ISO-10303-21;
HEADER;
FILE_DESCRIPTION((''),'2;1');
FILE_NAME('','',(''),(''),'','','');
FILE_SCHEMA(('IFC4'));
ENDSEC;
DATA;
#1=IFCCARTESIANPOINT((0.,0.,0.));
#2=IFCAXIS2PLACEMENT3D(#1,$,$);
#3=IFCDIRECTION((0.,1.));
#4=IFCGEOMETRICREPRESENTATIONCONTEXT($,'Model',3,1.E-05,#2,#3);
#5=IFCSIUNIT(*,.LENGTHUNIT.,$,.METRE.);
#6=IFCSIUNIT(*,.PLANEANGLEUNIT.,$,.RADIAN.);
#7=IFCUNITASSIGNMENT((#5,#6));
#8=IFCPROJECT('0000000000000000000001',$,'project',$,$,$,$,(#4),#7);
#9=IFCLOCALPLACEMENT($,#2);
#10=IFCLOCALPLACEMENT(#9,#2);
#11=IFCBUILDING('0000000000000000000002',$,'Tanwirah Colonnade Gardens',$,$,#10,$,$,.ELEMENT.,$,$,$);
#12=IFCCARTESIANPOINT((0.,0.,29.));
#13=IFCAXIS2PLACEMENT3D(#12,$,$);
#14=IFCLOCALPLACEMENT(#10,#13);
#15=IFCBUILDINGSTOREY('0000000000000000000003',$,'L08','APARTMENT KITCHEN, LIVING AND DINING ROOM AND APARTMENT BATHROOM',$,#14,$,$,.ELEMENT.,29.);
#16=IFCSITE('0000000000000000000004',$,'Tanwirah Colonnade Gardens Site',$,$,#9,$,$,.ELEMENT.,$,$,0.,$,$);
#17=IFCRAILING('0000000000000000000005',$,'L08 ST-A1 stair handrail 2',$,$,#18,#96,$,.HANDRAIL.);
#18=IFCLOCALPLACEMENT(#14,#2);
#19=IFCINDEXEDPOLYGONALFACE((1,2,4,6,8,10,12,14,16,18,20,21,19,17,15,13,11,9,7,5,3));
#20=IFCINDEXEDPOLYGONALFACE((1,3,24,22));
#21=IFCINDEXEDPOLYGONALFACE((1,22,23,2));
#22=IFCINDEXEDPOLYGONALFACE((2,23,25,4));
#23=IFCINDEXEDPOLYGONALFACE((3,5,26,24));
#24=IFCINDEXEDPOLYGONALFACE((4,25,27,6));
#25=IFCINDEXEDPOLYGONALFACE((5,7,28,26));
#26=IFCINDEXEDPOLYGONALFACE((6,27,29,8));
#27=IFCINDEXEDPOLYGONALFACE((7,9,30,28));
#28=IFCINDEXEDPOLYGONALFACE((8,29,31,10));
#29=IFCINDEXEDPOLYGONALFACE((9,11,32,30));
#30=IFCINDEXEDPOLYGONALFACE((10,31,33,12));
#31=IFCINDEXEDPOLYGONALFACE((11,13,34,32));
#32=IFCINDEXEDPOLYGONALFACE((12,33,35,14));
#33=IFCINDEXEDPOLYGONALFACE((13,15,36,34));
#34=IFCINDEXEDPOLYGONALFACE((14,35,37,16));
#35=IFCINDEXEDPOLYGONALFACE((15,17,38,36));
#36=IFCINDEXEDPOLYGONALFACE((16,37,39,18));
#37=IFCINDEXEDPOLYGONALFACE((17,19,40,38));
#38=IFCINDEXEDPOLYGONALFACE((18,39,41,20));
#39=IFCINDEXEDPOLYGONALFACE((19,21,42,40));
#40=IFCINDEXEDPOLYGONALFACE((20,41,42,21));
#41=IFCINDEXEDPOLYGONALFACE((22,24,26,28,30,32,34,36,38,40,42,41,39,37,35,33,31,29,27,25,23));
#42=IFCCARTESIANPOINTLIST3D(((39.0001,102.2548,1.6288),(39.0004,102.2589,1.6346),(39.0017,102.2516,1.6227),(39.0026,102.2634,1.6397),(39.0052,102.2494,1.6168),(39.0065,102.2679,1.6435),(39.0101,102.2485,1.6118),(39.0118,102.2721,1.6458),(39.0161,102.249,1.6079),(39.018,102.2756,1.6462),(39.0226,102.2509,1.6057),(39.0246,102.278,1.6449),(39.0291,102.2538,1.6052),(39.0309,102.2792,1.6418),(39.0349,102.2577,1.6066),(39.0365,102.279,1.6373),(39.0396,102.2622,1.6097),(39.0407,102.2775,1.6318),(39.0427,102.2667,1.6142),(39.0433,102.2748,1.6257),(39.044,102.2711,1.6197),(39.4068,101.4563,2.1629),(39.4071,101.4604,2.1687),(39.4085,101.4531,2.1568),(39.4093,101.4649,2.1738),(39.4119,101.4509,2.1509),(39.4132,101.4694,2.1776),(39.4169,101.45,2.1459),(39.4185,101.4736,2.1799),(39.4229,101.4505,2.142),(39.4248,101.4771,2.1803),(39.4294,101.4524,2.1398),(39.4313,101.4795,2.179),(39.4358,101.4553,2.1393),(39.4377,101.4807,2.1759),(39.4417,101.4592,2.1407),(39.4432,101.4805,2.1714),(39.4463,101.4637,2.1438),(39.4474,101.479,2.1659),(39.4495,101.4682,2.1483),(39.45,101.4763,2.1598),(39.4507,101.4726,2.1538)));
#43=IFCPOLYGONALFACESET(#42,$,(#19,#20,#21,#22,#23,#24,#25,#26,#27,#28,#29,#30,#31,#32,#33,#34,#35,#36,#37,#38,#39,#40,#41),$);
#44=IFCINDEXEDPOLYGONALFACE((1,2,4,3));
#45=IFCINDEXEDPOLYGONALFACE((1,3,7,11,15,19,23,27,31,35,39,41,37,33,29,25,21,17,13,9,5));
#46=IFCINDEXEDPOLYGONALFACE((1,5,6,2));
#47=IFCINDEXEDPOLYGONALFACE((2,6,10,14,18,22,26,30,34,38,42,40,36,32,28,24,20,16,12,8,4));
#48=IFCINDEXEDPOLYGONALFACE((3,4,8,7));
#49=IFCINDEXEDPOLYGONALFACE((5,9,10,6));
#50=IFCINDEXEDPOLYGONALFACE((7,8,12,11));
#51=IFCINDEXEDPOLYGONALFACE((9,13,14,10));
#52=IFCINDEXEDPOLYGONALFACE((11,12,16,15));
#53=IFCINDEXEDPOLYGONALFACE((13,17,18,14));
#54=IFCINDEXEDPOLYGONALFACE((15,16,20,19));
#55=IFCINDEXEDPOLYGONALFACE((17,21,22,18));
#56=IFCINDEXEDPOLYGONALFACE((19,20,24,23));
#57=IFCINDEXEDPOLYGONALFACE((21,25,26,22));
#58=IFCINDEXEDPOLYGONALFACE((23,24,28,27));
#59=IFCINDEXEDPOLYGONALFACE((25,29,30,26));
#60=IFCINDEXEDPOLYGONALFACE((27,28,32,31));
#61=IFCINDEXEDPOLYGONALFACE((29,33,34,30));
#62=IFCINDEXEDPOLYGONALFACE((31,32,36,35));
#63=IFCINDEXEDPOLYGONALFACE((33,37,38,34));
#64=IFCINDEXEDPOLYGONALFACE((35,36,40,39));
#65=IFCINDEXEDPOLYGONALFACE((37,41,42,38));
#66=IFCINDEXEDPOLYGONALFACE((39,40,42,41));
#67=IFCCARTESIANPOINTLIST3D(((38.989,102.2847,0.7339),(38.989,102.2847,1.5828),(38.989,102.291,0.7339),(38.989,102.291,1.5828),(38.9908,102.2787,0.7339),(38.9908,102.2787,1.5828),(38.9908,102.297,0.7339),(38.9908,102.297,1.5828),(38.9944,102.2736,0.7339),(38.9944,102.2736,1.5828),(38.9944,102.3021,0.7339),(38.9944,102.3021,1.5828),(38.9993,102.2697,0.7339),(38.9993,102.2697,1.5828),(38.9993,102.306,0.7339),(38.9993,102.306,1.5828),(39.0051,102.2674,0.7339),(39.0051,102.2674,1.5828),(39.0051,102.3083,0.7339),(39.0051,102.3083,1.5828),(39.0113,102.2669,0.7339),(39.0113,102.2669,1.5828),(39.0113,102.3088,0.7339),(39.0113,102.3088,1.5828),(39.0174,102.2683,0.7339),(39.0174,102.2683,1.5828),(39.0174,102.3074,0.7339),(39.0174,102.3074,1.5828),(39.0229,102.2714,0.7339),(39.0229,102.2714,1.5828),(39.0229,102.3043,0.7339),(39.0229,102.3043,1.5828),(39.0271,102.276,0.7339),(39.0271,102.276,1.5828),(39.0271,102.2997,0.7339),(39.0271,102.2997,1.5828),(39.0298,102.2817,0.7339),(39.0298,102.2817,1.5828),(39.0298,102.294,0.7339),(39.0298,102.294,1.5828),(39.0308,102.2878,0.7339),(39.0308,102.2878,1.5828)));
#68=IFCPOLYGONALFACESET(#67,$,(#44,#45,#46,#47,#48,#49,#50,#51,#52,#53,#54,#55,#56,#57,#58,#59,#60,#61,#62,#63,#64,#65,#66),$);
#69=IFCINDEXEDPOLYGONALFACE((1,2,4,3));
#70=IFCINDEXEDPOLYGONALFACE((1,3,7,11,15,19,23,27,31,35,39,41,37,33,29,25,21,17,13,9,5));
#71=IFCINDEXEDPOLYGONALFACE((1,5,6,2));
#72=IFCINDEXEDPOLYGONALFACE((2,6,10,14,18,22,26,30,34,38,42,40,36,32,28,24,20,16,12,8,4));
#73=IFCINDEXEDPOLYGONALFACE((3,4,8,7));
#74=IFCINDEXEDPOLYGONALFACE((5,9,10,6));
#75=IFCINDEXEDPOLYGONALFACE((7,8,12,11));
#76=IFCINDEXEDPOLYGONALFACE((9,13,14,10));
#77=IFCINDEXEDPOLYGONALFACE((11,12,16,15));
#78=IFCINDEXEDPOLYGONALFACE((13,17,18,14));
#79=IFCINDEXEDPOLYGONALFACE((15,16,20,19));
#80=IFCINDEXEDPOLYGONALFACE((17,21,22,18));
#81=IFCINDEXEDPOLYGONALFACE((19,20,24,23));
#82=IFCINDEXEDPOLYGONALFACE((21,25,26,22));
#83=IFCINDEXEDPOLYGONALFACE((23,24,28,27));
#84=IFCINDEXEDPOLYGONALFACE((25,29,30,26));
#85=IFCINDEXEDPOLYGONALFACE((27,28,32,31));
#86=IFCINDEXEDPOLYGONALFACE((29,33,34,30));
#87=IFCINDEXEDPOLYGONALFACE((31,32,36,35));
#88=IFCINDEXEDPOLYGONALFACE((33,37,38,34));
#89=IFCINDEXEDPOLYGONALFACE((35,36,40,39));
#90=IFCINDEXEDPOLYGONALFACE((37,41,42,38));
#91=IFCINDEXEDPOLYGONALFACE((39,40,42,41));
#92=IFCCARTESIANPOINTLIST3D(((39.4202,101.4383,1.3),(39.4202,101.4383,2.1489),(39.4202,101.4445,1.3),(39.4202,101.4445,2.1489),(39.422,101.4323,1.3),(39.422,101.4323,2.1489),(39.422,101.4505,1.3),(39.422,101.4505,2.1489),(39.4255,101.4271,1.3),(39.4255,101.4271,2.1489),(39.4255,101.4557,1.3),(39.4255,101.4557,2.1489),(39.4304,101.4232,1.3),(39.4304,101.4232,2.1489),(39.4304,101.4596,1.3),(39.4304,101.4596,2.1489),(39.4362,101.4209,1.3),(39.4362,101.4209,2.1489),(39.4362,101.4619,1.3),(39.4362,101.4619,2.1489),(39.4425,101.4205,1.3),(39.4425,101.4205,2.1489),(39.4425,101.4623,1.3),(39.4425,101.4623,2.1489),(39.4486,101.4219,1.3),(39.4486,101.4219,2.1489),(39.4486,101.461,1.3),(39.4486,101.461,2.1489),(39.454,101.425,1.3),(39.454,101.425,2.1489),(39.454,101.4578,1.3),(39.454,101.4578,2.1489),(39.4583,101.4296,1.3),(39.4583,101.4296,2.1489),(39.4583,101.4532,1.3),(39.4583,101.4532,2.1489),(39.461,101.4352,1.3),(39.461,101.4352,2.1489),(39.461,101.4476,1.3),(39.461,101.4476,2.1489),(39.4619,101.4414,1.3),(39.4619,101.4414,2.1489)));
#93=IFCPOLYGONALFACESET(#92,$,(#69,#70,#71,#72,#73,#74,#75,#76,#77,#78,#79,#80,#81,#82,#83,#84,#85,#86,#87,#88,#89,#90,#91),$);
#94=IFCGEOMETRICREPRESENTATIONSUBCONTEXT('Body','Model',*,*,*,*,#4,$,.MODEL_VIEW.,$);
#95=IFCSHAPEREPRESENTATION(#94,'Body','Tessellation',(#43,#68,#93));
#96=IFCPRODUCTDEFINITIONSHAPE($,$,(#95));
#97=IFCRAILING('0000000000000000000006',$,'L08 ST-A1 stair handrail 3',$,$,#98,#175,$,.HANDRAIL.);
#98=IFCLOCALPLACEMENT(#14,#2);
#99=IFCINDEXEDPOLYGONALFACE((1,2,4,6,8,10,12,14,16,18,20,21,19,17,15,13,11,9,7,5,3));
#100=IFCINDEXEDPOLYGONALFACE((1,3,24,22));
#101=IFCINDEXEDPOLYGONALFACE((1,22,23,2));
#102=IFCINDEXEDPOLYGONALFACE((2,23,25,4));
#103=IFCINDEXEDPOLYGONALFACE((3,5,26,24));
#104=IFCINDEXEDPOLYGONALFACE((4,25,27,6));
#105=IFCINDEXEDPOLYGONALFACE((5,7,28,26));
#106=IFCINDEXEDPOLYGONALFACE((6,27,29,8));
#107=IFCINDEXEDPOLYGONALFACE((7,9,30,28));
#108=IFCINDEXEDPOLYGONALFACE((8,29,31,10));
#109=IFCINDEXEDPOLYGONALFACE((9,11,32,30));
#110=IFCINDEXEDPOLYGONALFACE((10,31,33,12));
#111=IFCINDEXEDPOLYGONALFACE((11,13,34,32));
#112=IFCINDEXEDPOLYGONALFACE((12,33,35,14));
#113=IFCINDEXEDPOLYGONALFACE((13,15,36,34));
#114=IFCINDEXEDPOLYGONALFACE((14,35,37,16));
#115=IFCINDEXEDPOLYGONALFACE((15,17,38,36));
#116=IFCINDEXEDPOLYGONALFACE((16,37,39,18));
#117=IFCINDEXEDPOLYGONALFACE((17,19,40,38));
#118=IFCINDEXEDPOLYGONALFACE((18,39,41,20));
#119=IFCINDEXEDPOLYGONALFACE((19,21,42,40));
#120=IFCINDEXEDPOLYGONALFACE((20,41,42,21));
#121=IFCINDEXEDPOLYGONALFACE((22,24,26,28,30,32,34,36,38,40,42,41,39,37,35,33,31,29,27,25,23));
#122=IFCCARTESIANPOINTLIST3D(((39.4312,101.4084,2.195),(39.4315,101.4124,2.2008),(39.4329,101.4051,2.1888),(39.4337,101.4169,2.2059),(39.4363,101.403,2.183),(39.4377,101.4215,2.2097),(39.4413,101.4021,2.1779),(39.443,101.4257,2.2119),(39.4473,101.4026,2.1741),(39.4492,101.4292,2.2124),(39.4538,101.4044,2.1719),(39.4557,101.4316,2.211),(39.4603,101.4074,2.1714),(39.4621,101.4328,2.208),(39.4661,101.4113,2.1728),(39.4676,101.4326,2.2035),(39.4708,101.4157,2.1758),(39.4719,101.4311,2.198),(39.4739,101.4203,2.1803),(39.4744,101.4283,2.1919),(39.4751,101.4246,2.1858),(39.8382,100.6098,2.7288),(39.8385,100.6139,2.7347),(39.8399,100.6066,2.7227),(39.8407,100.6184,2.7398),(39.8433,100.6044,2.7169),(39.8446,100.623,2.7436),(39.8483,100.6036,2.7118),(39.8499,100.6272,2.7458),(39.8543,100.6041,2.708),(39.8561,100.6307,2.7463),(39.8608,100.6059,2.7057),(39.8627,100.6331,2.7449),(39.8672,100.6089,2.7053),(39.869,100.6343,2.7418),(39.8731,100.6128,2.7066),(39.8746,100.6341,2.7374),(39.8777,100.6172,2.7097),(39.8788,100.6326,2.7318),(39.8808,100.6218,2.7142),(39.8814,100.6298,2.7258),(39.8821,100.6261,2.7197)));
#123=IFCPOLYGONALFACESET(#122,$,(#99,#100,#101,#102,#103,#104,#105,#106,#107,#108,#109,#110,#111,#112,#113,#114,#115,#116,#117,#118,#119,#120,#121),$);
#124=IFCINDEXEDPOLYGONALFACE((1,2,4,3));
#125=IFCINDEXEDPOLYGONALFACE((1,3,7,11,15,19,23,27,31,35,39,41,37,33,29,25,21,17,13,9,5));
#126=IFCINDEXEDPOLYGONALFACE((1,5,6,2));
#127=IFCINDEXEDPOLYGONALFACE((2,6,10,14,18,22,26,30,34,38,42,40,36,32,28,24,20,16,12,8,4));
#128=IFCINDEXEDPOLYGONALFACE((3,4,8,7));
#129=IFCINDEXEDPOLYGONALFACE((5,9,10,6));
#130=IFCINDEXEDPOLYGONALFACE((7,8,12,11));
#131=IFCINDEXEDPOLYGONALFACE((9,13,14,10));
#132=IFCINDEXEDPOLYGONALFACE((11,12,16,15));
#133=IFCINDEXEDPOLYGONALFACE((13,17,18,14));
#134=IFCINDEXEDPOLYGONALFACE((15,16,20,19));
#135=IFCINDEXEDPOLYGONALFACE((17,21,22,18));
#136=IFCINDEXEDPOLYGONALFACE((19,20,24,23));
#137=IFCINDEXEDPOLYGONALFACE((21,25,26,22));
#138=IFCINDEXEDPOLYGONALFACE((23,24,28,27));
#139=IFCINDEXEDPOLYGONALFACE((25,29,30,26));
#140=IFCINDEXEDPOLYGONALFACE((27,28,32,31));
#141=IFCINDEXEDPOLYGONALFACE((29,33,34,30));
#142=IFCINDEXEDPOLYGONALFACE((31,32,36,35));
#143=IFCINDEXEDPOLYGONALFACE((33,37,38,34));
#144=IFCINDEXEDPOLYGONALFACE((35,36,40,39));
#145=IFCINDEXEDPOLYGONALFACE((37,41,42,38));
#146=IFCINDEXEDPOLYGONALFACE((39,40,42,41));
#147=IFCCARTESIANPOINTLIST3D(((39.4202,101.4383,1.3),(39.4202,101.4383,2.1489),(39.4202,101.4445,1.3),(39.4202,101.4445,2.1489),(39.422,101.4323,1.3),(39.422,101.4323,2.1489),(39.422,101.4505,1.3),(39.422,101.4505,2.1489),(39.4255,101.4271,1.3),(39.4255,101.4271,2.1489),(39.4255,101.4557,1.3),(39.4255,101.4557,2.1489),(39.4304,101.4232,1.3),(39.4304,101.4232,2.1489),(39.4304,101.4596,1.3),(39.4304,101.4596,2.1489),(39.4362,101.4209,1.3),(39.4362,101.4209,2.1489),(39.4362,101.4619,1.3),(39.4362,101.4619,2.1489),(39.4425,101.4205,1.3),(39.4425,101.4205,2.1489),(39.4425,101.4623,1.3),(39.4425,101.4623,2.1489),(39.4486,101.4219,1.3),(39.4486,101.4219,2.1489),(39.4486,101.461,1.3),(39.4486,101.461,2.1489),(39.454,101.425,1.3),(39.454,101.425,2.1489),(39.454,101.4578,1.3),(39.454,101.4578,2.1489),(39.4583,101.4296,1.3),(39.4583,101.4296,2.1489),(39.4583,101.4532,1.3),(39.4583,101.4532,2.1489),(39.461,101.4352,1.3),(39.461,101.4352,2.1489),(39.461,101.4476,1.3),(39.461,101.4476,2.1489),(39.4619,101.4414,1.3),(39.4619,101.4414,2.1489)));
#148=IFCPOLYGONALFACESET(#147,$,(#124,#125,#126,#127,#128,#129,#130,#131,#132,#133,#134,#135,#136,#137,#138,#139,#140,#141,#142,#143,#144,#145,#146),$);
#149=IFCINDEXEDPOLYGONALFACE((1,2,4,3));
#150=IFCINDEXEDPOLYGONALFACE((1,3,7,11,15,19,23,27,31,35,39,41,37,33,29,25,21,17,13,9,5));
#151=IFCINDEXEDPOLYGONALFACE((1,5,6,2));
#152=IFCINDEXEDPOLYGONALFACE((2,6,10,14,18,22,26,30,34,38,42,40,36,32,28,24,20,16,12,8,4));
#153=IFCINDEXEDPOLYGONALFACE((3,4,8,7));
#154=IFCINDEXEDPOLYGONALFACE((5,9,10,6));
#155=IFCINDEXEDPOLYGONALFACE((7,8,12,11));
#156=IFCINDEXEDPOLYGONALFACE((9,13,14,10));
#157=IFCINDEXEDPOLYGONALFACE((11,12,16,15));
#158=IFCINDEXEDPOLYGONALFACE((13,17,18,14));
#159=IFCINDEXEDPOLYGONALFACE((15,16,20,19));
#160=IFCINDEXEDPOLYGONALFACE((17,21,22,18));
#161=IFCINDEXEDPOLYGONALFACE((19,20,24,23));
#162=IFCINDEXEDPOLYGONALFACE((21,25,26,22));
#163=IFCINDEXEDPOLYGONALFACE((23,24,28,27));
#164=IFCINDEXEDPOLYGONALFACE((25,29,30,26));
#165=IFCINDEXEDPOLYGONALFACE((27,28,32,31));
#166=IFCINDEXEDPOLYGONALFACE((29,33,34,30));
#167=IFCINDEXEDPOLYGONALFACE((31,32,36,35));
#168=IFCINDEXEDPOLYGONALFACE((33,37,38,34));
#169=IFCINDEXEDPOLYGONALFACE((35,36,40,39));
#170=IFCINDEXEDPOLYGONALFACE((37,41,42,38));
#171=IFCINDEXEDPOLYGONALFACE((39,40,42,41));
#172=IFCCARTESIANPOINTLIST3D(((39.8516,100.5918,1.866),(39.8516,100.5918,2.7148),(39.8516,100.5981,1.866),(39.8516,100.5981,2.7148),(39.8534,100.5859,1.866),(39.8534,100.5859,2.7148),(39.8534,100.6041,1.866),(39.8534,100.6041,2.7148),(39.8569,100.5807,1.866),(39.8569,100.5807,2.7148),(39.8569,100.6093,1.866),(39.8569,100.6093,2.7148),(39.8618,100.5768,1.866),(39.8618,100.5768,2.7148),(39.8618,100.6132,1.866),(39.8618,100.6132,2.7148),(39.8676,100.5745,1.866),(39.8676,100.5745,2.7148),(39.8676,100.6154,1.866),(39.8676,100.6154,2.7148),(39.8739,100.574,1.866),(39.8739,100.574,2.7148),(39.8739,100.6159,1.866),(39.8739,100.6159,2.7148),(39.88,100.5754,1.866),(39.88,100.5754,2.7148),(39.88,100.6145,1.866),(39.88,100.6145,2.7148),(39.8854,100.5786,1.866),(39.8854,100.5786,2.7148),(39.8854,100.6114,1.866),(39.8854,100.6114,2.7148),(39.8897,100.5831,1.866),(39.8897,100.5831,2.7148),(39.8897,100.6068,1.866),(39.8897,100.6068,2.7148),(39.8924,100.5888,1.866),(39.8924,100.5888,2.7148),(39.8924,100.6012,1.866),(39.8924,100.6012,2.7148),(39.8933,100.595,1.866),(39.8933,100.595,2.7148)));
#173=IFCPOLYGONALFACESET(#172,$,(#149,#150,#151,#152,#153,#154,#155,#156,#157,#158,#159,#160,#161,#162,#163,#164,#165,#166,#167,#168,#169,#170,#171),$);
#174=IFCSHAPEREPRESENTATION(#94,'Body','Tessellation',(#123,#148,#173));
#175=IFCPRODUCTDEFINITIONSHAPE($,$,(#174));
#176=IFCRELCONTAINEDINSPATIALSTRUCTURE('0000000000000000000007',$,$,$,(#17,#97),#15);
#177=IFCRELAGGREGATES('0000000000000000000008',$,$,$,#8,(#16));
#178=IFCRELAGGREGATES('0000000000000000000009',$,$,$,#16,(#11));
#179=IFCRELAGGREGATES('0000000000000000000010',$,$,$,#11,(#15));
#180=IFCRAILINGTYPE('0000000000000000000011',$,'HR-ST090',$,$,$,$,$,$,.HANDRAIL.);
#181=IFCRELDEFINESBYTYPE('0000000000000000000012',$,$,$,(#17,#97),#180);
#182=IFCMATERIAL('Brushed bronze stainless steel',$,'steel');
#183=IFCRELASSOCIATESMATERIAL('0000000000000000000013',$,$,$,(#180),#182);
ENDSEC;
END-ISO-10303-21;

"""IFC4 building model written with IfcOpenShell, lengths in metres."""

from ifc_helpers import new_model, si_unit, direction, frame, origin, origin_2d, place, context, subcontext, project, spatial, circle, extrude, material, type_object, element, save


model = new_model("IFC4")

# Units and contexts
model_context = context("Model", 3, precision=1e-05, world=origin(), true_north=direction((0.0, 1.0)))
body_context = subcontext(model_context, "Body", "Model", "MODEL_VIEW")
ifc_project = project(units=[si_unit("LENGTHUNIT", "METRE"), si_unit("PLANEANGLEUNIT", "RADIAN")], contexts=[model_context])

# Site, building, storey
site_placement = place(None, origin())
site = spatial("IfcSite", under=ifc_project, at=site_placement, Name="Tanwirah Colonnade Gardens Site", CompositionType="ELEMENT", RefElevation=0.0)
building_placement = place(site_placement, origin())
building = spatial("IfcBuilding", under=site, at=building_placement, Name="Tanwirah Colonnade Gardens", CompositionType="ELEMENT")
storey_placement = place(building_placement, frame((0.0, 0.0, 29.0)))
storey = spatial("IfcBuildingStorey", under=building, at=storey_placement, Name="L08", Description="APARTMENT KITCHEN, LIVING AND DINING ROOM AND APARTMENT BATHROOM", CompositionType="ELEMENT", Elevation=29.0)

# Railings
ifc_material_1 = material(Name="Brushed bronze stainless steel", Category="steel")
railing_type_1 = type_object("IfcRailingType", Name="HR-ST090", PredefinedType="HANDRAIL", material=ifc_material_1)
railing_1_placement = place(storey_placement, frame((39.0098, 102.2878, 0.7339)))
element("IfcRailing", 1, at=railing_1_placement, inside=storey, type_object=railing_type_1, Name="L08 ST-A1 stair handrail 2", PredefinedType="HANDRAIL", context=body_context, shape_type="SweptSolid", body=[
    extrude(circle(Radius=0.0239, at=origin_2d()), frame((0.0122, -0.0239, 0.8918), z_axis=(0.389886, -0.765422, 0.511974), x_axis=(0.891061, 0.453883, 0.0)), (0.0, 0.0, 1.0), 1.0432),
    extrude(circle(Radius=0.021, at=origin_2d()), origin(), (0.0, 0.0, 1.0), 0.8489),
    extrude(circle(Radius=0.021, at=origin_2d()), frame((0.4312, -0.8464, 0.5662)), (0.0, 0.0, 1.0), 0.8489),
])
railing_2_placement = place(storey_placement, frame((39.4409, 101.4414, 1.3)))
element("IfcRailing", 2, at=railing_2_placement, inside=storey, type_object=railing_type_1, Name="L08 ST-A1 stair handrail 3", PredefinedType="HANDRAIL", context=body_context, shape_type="SweptSolid", body=[
    extrude(circle(Radius=0.0239, at=origin_2d()), frame((0.0122, -0.0239, 0.8918), z_axis=(0.390118, -0.765443, 0.511767), x_axis=(0.890957, 0.454087, 0.0)), (0.0, 0.0, 1.0), 1.0432),
    extrude(circle(Radius=0.021, at=origin_2d()), origin(), (0.0, 0.0, 1.0), 0.8489),
    extrude(circle(Radius=0.021, at=origin_2d()), frame((0.4314, -0.8464, 0.5659)), (0.0, 0.0, 1.0), 0.8489),
])

save(model, "model.ifc")
